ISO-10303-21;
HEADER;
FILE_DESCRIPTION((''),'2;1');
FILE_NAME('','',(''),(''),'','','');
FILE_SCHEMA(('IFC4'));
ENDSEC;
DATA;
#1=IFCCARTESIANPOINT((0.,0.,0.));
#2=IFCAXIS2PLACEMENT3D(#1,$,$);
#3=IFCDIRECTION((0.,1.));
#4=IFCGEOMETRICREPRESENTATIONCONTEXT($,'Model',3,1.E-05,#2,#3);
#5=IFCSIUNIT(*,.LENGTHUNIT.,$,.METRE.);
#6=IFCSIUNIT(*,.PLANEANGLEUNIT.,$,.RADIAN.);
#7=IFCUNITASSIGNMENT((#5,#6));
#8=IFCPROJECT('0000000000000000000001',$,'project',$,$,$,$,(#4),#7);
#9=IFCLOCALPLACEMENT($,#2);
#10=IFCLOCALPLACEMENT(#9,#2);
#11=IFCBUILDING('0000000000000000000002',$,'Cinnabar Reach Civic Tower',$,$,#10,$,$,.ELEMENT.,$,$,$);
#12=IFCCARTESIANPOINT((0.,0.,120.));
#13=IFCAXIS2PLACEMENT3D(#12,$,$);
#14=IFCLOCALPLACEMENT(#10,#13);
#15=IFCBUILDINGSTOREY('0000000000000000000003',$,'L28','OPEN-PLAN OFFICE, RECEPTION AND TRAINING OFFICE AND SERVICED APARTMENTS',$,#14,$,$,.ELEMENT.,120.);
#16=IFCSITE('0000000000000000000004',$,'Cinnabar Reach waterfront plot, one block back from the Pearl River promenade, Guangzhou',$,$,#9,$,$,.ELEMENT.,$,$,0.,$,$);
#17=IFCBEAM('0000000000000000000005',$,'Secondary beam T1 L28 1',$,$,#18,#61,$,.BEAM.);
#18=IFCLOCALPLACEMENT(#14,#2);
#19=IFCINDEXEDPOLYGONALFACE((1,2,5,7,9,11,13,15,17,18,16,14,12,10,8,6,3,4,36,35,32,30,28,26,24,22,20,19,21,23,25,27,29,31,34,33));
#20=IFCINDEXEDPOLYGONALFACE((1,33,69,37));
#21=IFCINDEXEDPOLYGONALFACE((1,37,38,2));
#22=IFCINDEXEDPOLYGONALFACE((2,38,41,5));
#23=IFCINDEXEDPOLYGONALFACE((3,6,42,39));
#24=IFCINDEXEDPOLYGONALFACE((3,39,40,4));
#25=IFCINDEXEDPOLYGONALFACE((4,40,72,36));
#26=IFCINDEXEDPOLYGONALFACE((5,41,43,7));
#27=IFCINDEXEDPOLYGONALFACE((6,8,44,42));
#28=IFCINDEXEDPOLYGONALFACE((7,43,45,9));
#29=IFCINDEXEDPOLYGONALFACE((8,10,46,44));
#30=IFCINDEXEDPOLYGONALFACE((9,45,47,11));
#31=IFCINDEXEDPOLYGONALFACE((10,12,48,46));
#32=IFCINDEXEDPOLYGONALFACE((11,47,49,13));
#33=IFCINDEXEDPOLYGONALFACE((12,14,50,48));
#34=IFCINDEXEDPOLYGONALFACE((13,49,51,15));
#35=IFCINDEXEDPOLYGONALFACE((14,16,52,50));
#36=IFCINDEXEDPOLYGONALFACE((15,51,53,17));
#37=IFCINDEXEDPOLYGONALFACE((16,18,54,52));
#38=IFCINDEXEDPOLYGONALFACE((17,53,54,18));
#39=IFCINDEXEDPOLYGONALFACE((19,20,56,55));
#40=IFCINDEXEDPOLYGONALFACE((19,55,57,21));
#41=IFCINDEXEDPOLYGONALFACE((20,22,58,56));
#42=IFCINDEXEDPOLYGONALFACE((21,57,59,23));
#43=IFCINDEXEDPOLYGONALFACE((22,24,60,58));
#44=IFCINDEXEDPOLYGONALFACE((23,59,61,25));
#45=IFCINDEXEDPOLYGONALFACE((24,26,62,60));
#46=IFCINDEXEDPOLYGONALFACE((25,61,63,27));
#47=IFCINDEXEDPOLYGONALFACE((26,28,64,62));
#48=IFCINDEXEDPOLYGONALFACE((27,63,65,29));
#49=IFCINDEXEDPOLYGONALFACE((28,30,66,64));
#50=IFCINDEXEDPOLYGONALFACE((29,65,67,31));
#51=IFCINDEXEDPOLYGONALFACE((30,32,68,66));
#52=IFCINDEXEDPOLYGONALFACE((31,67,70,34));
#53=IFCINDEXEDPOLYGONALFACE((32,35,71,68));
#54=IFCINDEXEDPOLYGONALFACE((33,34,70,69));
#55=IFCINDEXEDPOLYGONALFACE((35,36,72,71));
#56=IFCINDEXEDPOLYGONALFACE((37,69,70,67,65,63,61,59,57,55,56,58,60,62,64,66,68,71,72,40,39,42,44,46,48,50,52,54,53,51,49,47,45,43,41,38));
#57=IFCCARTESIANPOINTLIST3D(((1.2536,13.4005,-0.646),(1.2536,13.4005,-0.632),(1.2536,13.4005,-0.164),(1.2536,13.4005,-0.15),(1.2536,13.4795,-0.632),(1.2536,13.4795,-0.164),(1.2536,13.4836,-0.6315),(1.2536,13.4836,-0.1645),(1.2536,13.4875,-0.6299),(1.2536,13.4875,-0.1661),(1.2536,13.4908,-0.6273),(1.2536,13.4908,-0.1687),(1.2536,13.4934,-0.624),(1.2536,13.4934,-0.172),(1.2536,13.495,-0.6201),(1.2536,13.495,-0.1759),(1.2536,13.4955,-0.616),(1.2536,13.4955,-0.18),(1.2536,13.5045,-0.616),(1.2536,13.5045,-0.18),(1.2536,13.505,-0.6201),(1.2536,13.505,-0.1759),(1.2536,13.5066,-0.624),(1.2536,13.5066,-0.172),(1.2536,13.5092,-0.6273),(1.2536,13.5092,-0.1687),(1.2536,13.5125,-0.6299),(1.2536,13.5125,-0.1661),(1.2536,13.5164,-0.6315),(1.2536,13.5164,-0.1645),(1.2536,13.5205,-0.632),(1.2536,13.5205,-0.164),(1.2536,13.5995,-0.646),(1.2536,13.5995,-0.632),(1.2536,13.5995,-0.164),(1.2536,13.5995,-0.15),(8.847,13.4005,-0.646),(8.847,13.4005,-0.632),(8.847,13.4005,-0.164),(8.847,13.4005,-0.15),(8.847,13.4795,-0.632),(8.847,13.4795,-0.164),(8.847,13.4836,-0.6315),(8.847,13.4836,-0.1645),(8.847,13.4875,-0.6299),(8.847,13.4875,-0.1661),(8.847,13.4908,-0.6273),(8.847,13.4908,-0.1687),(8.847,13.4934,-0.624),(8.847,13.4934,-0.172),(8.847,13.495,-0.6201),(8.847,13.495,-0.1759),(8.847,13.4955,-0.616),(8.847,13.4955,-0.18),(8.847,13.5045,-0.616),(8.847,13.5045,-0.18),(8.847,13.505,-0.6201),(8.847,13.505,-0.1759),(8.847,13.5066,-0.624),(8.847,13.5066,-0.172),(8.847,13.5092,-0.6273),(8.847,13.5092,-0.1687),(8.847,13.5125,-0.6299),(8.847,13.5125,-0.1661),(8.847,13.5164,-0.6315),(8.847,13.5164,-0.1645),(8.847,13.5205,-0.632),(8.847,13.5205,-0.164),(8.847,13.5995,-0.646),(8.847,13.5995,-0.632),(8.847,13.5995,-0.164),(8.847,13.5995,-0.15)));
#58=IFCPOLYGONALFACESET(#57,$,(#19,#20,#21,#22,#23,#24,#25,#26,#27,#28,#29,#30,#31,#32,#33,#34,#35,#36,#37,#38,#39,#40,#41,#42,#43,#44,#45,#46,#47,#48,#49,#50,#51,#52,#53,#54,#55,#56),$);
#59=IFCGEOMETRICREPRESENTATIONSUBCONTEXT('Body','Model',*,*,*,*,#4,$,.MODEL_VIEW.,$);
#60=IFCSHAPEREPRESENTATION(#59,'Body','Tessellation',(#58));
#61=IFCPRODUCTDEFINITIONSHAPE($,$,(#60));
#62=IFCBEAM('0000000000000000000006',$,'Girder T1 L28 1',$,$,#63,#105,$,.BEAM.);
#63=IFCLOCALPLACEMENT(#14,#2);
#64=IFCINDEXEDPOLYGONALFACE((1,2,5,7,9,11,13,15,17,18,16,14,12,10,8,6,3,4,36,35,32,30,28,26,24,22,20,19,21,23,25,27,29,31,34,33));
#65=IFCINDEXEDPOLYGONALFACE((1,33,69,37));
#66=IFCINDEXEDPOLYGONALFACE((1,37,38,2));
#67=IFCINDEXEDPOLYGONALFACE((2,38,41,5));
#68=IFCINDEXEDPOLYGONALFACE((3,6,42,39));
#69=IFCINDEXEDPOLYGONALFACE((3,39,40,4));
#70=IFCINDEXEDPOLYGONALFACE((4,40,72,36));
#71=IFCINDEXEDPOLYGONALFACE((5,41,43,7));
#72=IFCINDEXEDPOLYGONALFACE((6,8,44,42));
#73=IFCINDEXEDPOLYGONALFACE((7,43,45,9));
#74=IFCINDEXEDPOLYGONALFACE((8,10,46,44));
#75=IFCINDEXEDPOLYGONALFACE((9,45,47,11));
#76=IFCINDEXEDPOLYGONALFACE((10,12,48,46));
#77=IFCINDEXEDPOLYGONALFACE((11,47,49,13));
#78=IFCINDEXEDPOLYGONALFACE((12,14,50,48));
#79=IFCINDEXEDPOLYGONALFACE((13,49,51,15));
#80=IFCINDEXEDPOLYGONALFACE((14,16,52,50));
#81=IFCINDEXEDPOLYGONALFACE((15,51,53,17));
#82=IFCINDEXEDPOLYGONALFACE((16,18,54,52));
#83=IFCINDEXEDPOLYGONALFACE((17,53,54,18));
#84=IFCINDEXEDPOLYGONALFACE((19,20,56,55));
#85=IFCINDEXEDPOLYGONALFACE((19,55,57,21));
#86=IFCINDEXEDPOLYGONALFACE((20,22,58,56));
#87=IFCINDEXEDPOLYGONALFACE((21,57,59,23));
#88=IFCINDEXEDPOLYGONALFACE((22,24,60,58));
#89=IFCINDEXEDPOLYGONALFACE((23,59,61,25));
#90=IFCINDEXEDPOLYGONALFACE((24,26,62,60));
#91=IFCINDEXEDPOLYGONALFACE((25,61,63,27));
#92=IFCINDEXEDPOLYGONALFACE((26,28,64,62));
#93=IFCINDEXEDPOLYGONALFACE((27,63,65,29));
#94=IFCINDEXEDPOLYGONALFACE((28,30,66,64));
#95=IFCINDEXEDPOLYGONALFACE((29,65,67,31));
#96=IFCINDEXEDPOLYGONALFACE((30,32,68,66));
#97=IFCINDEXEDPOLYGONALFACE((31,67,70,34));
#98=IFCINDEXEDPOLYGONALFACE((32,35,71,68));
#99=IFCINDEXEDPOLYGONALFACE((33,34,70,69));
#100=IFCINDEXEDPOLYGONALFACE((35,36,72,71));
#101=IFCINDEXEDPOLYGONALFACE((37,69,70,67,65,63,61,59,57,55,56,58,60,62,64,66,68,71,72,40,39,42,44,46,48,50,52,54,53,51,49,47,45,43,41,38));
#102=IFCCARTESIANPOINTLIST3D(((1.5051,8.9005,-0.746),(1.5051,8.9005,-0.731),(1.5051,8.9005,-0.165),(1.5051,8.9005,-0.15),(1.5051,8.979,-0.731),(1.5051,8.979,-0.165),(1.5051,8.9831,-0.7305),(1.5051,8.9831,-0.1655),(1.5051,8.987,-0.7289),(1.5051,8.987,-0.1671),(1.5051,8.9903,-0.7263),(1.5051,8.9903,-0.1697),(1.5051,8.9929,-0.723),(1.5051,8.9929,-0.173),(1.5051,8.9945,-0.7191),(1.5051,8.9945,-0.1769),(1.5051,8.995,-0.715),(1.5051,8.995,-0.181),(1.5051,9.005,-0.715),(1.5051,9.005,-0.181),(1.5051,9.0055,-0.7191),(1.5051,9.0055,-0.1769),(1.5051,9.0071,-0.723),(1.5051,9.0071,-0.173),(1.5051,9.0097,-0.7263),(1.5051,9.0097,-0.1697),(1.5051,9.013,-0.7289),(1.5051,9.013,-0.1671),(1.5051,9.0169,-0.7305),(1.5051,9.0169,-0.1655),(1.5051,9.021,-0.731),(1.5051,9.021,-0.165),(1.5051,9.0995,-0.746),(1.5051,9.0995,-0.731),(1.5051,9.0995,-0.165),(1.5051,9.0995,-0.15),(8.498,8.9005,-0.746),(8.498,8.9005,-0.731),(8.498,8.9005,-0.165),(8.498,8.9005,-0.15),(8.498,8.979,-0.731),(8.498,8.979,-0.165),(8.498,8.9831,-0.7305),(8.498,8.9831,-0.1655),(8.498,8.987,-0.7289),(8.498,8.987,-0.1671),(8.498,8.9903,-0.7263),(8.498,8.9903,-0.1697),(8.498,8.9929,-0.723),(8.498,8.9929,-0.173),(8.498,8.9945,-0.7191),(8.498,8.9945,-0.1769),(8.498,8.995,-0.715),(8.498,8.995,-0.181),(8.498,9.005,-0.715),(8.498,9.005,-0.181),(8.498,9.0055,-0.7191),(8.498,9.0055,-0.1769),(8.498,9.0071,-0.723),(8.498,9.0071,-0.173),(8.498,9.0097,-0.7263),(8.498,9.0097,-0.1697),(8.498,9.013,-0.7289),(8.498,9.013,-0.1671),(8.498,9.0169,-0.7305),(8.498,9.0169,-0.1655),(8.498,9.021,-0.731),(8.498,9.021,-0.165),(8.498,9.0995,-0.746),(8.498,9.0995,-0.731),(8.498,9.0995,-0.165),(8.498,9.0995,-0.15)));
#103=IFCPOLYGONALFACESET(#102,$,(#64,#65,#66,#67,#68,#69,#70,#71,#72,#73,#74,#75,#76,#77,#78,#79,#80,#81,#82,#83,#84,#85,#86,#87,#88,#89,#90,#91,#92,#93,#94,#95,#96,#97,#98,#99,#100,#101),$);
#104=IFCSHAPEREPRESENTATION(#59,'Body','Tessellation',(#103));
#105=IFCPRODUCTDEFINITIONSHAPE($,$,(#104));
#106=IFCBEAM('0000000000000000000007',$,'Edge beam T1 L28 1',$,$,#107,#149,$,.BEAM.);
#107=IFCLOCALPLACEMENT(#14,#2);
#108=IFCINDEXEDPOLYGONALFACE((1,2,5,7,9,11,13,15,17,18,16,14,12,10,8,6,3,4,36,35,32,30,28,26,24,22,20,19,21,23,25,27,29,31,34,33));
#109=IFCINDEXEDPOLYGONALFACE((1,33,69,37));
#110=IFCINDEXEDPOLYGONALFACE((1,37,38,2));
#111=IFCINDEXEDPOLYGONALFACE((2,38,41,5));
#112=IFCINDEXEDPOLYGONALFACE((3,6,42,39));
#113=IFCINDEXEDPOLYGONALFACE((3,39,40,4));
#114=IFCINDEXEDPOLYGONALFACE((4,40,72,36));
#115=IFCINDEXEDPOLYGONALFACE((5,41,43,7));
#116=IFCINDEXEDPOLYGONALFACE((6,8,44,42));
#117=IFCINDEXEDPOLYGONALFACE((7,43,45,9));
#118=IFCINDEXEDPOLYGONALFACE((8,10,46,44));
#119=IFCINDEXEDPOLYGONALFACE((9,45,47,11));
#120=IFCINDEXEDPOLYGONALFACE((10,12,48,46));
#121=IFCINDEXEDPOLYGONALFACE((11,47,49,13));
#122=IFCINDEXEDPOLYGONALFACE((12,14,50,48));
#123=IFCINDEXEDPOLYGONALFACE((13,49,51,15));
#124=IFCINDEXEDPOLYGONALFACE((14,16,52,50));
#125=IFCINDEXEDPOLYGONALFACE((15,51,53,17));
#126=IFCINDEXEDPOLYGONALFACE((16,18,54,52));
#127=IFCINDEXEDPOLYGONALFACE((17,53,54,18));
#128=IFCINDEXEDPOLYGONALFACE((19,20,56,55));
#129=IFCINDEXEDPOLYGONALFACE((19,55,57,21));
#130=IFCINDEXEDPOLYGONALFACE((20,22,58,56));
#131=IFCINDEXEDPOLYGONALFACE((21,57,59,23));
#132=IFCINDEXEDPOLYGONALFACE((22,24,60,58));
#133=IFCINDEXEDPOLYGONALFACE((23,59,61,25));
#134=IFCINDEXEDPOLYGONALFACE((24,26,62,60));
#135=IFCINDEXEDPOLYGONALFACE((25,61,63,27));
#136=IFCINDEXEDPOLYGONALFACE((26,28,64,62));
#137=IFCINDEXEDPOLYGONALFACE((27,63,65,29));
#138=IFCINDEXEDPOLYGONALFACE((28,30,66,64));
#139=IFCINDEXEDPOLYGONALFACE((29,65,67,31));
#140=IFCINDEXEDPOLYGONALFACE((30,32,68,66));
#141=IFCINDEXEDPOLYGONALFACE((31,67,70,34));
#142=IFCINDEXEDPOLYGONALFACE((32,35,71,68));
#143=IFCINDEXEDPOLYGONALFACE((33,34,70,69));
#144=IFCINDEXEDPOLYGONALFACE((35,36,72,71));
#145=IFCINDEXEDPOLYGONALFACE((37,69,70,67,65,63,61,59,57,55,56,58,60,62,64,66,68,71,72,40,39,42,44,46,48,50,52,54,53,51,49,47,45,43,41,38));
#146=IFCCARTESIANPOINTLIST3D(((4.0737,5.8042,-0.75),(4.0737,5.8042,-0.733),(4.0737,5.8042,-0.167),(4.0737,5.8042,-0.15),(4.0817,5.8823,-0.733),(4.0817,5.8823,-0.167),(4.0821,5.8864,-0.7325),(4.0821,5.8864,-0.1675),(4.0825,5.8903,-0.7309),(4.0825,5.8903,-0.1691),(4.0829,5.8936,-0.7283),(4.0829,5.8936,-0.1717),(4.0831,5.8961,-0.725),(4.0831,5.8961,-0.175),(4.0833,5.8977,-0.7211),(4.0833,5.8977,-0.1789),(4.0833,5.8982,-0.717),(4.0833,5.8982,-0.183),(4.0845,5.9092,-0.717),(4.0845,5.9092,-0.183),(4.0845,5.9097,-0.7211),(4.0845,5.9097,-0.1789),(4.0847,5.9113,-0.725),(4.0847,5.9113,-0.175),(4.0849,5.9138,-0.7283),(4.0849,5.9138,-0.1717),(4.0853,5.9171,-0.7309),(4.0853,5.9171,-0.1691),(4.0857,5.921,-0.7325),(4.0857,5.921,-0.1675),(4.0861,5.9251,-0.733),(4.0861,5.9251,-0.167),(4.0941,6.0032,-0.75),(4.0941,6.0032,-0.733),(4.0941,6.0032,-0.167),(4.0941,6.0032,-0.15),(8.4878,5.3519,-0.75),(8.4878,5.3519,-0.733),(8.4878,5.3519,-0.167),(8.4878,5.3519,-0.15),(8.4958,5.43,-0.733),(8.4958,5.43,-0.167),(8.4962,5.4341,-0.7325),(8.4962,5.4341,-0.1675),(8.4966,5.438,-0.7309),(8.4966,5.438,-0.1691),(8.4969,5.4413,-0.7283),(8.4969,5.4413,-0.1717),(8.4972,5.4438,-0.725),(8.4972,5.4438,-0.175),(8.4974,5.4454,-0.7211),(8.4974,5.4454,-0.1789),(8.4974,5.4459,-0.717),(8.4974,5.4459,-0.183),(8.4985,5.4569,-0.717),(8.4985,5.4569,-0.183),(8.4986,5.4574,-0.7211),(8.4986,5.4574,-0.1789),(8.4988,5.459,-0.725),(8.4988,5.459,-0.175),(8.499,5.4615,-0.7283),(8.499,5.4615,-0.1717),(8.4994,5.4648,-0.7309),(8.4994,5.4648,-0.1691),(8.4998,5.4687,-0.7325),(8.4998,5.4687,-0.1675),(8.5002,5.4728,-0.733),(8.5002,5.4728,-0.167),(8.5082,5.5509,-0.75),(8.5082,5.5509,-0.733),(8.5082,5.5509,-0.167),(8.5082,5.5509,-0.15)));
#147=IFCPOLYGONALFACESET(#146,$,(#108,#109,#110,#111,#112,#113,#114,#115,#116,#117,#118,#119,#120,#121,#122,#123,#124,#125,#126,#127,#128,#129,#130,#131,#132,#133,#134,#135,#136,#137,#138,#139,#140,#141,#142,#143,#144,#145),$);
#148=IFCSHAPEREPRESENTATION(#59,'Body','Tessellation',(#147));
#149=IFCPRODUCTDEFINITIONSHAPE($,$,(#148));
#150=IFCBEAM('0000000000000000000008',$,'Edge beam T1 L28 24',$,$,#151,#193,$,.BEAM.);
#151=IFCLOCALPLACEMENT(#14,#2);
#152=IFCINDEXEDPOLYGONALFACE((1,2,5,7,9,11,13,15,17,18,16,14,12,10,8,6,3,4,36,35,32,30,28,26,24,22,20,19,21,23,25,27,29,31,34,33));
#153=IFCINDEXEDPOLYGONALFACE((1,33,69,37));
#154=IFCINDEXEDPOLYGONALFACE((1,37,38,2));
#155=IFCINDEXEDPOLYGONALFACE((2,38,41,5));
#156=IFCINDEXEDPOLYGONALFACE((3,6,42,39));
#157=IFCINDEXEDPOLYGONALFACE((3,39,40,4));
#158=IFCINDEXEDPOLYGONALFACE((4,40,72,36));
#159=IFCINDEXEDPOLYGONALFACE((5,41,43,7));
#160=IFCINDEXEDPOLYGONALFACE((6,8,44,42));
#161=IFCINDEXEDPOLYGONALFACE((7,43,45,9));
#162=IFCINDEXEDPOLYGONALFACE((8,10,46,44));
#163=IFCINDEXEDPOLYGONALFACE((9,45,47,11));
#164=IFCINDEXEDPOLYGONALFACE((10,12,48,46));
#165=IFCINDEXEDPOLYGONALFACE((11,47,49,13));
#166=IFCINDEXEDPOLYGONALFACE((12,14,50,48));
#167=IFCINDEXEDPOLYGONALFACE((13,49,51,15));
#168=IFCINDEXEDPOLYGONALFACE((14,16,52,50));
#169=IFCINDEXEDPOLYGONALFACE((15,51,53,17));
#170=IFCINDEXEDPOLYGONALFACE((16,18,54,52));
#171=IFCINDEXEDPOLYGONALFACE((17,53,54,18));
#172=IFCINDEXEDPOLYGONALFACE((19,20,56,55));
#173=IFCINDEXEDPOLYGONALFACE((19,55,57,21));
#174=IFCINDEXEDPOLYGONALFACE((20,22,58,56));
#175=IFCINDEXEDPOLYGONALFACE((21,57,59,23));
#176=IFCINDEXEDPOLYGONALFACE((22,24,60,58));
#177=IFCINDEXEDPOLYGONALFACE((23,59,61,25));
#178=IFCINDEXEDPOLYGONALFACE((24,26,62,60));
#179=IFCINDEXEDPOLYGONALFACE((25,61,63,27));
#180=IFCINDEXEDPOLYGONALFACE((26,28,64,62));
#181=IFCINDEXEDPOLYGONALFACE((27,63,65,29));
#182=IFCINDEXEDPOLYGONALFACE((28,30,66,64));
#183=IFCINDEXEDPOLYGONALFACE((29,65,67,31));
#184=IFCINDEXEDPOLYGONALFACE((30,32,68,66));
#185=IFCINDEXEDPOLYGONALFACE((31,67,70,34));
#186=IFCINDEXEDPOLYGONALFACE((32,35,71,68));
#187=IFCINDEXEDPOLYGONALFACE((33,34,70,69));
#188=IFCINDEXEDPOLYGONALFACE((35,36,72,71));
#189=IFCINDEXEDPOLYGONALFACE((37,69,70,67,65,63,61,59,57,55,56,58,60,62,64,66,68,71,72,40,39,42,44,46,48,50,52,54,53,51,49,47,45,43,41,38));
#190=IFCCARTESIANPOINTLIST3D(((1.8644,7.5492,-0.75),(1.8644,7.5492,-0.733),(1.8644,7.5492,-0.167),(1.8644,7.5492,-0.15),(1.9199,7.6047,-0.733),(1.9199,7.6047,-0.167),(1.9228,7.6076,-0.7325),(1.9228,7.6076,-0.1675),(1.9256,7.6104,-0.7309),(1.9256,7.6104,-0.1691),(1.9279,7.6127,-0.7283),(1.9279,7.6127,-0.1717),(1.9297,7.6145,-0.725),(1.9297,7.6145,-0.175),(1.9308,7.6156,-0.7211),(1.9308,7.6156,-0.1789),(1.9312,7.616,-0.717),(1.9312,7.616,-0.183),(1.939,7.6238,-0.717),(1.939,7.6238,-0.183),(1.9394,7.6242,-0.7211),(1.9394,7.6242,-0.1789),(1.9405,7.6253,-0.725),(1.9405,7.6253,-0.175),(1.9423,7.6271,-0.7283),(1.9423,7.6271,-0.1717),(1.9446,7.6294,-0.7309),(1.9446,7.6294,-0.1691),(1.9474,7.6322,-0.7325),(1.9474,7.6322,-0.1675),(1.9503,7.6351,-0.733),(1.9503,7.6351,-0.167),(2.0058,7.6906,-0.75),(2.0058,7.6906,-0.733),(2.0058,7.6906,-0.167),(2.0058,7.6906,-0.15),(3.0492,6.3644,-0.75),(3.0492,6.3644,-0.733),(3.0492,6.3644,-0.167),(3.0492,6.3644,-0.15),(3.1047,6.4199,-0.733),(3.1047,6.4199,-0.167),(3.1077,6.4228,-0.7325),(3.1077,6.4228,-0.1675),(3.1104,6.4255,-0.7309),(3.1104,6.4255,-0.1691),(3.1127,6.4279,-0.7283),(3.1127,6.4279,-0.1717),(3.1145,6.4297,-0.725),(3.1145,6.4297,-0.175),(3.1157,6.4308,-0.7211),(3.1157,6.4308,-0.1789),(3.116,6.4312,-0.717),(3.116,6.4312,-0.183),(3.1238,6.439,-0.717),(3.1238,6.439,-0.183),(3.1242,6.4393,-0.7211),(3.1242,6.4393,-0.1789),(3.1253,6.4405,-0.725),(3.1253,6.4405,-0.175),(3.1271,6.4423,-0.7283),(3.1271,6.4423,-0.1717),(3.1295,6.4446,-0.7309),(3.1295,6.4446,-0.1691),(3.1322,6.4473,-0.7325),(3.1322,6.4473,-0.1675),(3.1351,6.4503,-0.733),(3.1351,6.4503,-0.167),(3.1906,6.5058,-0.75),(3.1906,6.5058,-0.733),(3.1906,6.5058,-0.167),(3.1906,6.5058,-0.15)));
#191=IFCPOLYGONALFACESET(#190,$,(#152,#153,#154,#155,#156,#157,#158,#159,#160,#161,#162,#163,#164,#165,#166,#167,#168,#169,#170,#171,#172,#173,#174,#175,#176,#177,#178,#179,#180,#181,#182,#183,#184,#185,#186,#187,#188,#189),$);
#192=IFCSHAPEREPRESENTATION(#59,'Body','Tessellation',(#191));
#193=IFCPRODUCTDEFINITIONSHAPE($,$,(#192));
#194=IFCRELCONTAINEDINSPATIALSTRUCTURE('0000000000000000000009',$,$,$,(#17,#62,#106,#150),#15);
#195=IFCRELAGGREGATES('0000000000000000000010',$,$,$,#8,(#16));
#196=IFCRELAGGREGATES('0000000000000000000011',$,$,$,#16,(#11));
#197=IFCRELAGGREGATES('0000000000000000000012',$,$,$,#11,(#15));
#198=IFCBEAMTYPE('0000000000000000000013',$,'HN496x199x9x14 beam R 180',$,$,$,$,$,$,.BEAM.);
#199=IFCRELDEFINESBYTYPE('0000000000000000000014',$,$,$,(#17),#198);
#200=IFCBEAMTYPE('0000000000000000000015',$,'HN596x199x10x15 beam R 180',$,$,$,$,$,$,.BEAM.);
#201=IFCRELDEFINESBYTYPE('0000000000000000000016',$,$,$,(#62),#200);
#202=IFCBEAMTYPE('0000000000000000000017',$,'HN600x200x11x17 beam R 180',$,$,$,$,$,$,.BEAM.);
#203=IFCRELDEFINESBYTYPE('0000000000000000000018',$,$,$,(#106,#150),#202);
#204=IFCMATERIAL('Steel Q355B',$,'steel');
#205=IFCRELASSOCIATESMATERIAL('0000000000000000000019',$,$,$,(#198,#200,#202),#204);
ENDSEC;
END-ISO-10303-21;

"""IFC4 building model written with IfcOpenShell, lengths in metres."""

from ifc_helpers import new_model, si_unit, direction, frame, origin, origin_2d, place, context, subcontext, project, spatial, i_section, extrude, material, material_profile, profile_set, type_object, element, save


model = new_model("IFC4")

# Units and contexts
model_context = context("Model", 3, precision=1e-05, world=origin(), true_north=direction((0.0, 1.0)))
body_context = subcontext(model_context, "Body", "Model", "MODEL_VIEW")
ifc_project = project(units=[si_unit("LENGTHUNIT", "METRE"), si_unit("PLANEANGLEUNIT", "RADIAN")], contexts=[model_context])

# Site, building, storey
site_placement = place(None, origin())
site = spatial("IfcSite", under=ifc_project, at=site_placement, Name="Cinnabar Reach waterfront plot, one block back from the Pearl River promenade, Guangzhou", CompositionType="ELEMENT", RefElevation=0.0)
building_placement = place(site_placement, origin())
building = spatial("IfcBuilding", under=site, at=building_placement, Name="Cinnabar Reach Civic Tower", CompositionType="ELEMENT")
storey_placement = place(building_placement, frame((0.0, 0.0, 120.0)))
storey = spatial("IfcBuildingStorey", under=building, at=storey_placement, Name="L28", Description="OPEN-PLAN OFFICE, RECEPTION AND TRAINING OFFICE AND SERVICED APARTMENTS", CompositionType="ELEMENT", Elevation=120.0)

# Beams
ifc_material_1 = material(Name="Steel Q355B", Category="steel")
ifc_material_profile_1 = material_profile(ifc_material_1, i_section(OverallWidth=0.199, OverallDepth=0.496, WebThickness=0.009, FlangeThickness=0.014, FilletRadius=0.016, at=origin_2d()), Name="HN496x199x9x14")
ifc_profile_set_1 = profile_set([ifc_material_profile_1], Name="Steel Q355B")
beam_type_1 = type_object("IfcBeamType", Name="HN496x199x9x14 beam R 180", PredefinedType="BEAM", material=ifc_profile_set_1)
beam_1_placement = place(storey_placement, frame((1.2536, 13.5, -0.398), z_axis=(1.0, 0.0, 0.0), x_axis=(0.0, 1.0, 0.0)))
element("IfcBeam", 1, at=beam_1_placement, inside=storey, type_object=beam_type_1, Name="Secondary beam T1 L28 1", PredefinedType="BEAM", context=body_context, shape_type="SweptSolid", body=[
    extrude(i_section(OverallWidth=0.199, OverallDepth=0.496, WebThickness=0.009, FlangeThickness=0.014, FilletRadius=0.016, at=origin_2d()), origin(), (0.0, 0.0, 1.0), 7.5934),
])
ifc_material_profile_2 = material_profile(ifc_material_1, i_section(OverallWidth=0.199, OverallDepth=0.596, WebThickness=0.01, FlangeThickness=0.015, FilletRadius=0.016, at=origin_2d()), Name="HN596x199x10x15")
ifc_profile_set_2 = profile_set([ifc_material_profile_2], Name="Steel Q355B")
beam_type_2 = type_object("IfcBeamType", Name="HN596x199x10x15 beam R 180", PredefinedType="BEAM", material=ifc_profile_set_2)
beam_2_placement = place(storey_placement, frame((1.5051, 9.0, -0.448), z_axis=(1.0, 0.0, 0.0), x_axis=(0.0, 1.0, 0.0)))
element("IfcBeam", 2, at=beam_2_placement, inside=storey, type_object=beam_type_2, Name="Girder T1 L28 1", PredefinedType="BEAM", context=body_context, shape_type="SweptSolid", body=[
    extrude(i_section(OverallWidth=0.199, OverallDepth=0.596, WebThickness=0.01, FlangeThickness=0.015, FilletRadius=0.016, at=origin_2d()), origin(), (0.0, 0.0, 1.0), 6.9929),
])
ifc_material_profile_3 = material_profile(ifc_material_1, i_section(OverallWidth=0.2, OverallDepth=0.6, WebThickness=0.011, FlangeThickness=0.017, FilletRadius=0.016, at=origin_2d()), Name="HN600x200x11x17")
ifc_profile_set_3 = profile_set([ifc_material_profile_3], Name="Steel Q355B")
beam_type_3 = type_object("IfcBeamType", Name="HN600x200x11x17 beam R 180", PredefinedType="BEAM", material=ifc_profile_set_3)
beam_3_placement = place(storey_placement, frame((4.0839, 5.9037, -0.45), z_axis=(0.994791, -0.101933, 0.0), x_axis=(0.101933, 0.994791, 0.0)))
element("IfcBeam", 3, at=beam_3_placement, inside=storey, type_object=beam_type_3, Name="Edge beam T1 L28 1", PredefinedType="BEAM", context=body_context, shape_type="SweptSolid", body=[
    extrude(i_section(OverallWidth=0.2, OverallDepth=0.6, WebThickness=0.011, FlangeThickness=0.017, FilletRadius=0.016, at=origin_2d()), origin(), (0.0, 0.0, 1.0), 4.4372),
])
beam_4_placement = place(storey_placement, frame((1.9351, 7.6199, -0.45), z_axis=(0.707107, -0.707107, 0.0), x_axis=(0.707107, 0.707107, 0.0)))
element("IfcBeam", 4, at=beam_4_placement, inside=storey, type_object=beam_type_3, Name="Edge beam T1 L28 24", PredefinedType="BEAM", context=body_context, shape_type="SweptSolid", body=[
    extrude(i_section(OverallWidth=0.2, OverallDepth=0.6, WebThickness=0.011, FlangeThickness=0.017, FilletRadius=0.016, at=origin_2d()), origin(), (0.0, 0.0, 1.0), 1.6756),
])

save(model, "model.ifc")
